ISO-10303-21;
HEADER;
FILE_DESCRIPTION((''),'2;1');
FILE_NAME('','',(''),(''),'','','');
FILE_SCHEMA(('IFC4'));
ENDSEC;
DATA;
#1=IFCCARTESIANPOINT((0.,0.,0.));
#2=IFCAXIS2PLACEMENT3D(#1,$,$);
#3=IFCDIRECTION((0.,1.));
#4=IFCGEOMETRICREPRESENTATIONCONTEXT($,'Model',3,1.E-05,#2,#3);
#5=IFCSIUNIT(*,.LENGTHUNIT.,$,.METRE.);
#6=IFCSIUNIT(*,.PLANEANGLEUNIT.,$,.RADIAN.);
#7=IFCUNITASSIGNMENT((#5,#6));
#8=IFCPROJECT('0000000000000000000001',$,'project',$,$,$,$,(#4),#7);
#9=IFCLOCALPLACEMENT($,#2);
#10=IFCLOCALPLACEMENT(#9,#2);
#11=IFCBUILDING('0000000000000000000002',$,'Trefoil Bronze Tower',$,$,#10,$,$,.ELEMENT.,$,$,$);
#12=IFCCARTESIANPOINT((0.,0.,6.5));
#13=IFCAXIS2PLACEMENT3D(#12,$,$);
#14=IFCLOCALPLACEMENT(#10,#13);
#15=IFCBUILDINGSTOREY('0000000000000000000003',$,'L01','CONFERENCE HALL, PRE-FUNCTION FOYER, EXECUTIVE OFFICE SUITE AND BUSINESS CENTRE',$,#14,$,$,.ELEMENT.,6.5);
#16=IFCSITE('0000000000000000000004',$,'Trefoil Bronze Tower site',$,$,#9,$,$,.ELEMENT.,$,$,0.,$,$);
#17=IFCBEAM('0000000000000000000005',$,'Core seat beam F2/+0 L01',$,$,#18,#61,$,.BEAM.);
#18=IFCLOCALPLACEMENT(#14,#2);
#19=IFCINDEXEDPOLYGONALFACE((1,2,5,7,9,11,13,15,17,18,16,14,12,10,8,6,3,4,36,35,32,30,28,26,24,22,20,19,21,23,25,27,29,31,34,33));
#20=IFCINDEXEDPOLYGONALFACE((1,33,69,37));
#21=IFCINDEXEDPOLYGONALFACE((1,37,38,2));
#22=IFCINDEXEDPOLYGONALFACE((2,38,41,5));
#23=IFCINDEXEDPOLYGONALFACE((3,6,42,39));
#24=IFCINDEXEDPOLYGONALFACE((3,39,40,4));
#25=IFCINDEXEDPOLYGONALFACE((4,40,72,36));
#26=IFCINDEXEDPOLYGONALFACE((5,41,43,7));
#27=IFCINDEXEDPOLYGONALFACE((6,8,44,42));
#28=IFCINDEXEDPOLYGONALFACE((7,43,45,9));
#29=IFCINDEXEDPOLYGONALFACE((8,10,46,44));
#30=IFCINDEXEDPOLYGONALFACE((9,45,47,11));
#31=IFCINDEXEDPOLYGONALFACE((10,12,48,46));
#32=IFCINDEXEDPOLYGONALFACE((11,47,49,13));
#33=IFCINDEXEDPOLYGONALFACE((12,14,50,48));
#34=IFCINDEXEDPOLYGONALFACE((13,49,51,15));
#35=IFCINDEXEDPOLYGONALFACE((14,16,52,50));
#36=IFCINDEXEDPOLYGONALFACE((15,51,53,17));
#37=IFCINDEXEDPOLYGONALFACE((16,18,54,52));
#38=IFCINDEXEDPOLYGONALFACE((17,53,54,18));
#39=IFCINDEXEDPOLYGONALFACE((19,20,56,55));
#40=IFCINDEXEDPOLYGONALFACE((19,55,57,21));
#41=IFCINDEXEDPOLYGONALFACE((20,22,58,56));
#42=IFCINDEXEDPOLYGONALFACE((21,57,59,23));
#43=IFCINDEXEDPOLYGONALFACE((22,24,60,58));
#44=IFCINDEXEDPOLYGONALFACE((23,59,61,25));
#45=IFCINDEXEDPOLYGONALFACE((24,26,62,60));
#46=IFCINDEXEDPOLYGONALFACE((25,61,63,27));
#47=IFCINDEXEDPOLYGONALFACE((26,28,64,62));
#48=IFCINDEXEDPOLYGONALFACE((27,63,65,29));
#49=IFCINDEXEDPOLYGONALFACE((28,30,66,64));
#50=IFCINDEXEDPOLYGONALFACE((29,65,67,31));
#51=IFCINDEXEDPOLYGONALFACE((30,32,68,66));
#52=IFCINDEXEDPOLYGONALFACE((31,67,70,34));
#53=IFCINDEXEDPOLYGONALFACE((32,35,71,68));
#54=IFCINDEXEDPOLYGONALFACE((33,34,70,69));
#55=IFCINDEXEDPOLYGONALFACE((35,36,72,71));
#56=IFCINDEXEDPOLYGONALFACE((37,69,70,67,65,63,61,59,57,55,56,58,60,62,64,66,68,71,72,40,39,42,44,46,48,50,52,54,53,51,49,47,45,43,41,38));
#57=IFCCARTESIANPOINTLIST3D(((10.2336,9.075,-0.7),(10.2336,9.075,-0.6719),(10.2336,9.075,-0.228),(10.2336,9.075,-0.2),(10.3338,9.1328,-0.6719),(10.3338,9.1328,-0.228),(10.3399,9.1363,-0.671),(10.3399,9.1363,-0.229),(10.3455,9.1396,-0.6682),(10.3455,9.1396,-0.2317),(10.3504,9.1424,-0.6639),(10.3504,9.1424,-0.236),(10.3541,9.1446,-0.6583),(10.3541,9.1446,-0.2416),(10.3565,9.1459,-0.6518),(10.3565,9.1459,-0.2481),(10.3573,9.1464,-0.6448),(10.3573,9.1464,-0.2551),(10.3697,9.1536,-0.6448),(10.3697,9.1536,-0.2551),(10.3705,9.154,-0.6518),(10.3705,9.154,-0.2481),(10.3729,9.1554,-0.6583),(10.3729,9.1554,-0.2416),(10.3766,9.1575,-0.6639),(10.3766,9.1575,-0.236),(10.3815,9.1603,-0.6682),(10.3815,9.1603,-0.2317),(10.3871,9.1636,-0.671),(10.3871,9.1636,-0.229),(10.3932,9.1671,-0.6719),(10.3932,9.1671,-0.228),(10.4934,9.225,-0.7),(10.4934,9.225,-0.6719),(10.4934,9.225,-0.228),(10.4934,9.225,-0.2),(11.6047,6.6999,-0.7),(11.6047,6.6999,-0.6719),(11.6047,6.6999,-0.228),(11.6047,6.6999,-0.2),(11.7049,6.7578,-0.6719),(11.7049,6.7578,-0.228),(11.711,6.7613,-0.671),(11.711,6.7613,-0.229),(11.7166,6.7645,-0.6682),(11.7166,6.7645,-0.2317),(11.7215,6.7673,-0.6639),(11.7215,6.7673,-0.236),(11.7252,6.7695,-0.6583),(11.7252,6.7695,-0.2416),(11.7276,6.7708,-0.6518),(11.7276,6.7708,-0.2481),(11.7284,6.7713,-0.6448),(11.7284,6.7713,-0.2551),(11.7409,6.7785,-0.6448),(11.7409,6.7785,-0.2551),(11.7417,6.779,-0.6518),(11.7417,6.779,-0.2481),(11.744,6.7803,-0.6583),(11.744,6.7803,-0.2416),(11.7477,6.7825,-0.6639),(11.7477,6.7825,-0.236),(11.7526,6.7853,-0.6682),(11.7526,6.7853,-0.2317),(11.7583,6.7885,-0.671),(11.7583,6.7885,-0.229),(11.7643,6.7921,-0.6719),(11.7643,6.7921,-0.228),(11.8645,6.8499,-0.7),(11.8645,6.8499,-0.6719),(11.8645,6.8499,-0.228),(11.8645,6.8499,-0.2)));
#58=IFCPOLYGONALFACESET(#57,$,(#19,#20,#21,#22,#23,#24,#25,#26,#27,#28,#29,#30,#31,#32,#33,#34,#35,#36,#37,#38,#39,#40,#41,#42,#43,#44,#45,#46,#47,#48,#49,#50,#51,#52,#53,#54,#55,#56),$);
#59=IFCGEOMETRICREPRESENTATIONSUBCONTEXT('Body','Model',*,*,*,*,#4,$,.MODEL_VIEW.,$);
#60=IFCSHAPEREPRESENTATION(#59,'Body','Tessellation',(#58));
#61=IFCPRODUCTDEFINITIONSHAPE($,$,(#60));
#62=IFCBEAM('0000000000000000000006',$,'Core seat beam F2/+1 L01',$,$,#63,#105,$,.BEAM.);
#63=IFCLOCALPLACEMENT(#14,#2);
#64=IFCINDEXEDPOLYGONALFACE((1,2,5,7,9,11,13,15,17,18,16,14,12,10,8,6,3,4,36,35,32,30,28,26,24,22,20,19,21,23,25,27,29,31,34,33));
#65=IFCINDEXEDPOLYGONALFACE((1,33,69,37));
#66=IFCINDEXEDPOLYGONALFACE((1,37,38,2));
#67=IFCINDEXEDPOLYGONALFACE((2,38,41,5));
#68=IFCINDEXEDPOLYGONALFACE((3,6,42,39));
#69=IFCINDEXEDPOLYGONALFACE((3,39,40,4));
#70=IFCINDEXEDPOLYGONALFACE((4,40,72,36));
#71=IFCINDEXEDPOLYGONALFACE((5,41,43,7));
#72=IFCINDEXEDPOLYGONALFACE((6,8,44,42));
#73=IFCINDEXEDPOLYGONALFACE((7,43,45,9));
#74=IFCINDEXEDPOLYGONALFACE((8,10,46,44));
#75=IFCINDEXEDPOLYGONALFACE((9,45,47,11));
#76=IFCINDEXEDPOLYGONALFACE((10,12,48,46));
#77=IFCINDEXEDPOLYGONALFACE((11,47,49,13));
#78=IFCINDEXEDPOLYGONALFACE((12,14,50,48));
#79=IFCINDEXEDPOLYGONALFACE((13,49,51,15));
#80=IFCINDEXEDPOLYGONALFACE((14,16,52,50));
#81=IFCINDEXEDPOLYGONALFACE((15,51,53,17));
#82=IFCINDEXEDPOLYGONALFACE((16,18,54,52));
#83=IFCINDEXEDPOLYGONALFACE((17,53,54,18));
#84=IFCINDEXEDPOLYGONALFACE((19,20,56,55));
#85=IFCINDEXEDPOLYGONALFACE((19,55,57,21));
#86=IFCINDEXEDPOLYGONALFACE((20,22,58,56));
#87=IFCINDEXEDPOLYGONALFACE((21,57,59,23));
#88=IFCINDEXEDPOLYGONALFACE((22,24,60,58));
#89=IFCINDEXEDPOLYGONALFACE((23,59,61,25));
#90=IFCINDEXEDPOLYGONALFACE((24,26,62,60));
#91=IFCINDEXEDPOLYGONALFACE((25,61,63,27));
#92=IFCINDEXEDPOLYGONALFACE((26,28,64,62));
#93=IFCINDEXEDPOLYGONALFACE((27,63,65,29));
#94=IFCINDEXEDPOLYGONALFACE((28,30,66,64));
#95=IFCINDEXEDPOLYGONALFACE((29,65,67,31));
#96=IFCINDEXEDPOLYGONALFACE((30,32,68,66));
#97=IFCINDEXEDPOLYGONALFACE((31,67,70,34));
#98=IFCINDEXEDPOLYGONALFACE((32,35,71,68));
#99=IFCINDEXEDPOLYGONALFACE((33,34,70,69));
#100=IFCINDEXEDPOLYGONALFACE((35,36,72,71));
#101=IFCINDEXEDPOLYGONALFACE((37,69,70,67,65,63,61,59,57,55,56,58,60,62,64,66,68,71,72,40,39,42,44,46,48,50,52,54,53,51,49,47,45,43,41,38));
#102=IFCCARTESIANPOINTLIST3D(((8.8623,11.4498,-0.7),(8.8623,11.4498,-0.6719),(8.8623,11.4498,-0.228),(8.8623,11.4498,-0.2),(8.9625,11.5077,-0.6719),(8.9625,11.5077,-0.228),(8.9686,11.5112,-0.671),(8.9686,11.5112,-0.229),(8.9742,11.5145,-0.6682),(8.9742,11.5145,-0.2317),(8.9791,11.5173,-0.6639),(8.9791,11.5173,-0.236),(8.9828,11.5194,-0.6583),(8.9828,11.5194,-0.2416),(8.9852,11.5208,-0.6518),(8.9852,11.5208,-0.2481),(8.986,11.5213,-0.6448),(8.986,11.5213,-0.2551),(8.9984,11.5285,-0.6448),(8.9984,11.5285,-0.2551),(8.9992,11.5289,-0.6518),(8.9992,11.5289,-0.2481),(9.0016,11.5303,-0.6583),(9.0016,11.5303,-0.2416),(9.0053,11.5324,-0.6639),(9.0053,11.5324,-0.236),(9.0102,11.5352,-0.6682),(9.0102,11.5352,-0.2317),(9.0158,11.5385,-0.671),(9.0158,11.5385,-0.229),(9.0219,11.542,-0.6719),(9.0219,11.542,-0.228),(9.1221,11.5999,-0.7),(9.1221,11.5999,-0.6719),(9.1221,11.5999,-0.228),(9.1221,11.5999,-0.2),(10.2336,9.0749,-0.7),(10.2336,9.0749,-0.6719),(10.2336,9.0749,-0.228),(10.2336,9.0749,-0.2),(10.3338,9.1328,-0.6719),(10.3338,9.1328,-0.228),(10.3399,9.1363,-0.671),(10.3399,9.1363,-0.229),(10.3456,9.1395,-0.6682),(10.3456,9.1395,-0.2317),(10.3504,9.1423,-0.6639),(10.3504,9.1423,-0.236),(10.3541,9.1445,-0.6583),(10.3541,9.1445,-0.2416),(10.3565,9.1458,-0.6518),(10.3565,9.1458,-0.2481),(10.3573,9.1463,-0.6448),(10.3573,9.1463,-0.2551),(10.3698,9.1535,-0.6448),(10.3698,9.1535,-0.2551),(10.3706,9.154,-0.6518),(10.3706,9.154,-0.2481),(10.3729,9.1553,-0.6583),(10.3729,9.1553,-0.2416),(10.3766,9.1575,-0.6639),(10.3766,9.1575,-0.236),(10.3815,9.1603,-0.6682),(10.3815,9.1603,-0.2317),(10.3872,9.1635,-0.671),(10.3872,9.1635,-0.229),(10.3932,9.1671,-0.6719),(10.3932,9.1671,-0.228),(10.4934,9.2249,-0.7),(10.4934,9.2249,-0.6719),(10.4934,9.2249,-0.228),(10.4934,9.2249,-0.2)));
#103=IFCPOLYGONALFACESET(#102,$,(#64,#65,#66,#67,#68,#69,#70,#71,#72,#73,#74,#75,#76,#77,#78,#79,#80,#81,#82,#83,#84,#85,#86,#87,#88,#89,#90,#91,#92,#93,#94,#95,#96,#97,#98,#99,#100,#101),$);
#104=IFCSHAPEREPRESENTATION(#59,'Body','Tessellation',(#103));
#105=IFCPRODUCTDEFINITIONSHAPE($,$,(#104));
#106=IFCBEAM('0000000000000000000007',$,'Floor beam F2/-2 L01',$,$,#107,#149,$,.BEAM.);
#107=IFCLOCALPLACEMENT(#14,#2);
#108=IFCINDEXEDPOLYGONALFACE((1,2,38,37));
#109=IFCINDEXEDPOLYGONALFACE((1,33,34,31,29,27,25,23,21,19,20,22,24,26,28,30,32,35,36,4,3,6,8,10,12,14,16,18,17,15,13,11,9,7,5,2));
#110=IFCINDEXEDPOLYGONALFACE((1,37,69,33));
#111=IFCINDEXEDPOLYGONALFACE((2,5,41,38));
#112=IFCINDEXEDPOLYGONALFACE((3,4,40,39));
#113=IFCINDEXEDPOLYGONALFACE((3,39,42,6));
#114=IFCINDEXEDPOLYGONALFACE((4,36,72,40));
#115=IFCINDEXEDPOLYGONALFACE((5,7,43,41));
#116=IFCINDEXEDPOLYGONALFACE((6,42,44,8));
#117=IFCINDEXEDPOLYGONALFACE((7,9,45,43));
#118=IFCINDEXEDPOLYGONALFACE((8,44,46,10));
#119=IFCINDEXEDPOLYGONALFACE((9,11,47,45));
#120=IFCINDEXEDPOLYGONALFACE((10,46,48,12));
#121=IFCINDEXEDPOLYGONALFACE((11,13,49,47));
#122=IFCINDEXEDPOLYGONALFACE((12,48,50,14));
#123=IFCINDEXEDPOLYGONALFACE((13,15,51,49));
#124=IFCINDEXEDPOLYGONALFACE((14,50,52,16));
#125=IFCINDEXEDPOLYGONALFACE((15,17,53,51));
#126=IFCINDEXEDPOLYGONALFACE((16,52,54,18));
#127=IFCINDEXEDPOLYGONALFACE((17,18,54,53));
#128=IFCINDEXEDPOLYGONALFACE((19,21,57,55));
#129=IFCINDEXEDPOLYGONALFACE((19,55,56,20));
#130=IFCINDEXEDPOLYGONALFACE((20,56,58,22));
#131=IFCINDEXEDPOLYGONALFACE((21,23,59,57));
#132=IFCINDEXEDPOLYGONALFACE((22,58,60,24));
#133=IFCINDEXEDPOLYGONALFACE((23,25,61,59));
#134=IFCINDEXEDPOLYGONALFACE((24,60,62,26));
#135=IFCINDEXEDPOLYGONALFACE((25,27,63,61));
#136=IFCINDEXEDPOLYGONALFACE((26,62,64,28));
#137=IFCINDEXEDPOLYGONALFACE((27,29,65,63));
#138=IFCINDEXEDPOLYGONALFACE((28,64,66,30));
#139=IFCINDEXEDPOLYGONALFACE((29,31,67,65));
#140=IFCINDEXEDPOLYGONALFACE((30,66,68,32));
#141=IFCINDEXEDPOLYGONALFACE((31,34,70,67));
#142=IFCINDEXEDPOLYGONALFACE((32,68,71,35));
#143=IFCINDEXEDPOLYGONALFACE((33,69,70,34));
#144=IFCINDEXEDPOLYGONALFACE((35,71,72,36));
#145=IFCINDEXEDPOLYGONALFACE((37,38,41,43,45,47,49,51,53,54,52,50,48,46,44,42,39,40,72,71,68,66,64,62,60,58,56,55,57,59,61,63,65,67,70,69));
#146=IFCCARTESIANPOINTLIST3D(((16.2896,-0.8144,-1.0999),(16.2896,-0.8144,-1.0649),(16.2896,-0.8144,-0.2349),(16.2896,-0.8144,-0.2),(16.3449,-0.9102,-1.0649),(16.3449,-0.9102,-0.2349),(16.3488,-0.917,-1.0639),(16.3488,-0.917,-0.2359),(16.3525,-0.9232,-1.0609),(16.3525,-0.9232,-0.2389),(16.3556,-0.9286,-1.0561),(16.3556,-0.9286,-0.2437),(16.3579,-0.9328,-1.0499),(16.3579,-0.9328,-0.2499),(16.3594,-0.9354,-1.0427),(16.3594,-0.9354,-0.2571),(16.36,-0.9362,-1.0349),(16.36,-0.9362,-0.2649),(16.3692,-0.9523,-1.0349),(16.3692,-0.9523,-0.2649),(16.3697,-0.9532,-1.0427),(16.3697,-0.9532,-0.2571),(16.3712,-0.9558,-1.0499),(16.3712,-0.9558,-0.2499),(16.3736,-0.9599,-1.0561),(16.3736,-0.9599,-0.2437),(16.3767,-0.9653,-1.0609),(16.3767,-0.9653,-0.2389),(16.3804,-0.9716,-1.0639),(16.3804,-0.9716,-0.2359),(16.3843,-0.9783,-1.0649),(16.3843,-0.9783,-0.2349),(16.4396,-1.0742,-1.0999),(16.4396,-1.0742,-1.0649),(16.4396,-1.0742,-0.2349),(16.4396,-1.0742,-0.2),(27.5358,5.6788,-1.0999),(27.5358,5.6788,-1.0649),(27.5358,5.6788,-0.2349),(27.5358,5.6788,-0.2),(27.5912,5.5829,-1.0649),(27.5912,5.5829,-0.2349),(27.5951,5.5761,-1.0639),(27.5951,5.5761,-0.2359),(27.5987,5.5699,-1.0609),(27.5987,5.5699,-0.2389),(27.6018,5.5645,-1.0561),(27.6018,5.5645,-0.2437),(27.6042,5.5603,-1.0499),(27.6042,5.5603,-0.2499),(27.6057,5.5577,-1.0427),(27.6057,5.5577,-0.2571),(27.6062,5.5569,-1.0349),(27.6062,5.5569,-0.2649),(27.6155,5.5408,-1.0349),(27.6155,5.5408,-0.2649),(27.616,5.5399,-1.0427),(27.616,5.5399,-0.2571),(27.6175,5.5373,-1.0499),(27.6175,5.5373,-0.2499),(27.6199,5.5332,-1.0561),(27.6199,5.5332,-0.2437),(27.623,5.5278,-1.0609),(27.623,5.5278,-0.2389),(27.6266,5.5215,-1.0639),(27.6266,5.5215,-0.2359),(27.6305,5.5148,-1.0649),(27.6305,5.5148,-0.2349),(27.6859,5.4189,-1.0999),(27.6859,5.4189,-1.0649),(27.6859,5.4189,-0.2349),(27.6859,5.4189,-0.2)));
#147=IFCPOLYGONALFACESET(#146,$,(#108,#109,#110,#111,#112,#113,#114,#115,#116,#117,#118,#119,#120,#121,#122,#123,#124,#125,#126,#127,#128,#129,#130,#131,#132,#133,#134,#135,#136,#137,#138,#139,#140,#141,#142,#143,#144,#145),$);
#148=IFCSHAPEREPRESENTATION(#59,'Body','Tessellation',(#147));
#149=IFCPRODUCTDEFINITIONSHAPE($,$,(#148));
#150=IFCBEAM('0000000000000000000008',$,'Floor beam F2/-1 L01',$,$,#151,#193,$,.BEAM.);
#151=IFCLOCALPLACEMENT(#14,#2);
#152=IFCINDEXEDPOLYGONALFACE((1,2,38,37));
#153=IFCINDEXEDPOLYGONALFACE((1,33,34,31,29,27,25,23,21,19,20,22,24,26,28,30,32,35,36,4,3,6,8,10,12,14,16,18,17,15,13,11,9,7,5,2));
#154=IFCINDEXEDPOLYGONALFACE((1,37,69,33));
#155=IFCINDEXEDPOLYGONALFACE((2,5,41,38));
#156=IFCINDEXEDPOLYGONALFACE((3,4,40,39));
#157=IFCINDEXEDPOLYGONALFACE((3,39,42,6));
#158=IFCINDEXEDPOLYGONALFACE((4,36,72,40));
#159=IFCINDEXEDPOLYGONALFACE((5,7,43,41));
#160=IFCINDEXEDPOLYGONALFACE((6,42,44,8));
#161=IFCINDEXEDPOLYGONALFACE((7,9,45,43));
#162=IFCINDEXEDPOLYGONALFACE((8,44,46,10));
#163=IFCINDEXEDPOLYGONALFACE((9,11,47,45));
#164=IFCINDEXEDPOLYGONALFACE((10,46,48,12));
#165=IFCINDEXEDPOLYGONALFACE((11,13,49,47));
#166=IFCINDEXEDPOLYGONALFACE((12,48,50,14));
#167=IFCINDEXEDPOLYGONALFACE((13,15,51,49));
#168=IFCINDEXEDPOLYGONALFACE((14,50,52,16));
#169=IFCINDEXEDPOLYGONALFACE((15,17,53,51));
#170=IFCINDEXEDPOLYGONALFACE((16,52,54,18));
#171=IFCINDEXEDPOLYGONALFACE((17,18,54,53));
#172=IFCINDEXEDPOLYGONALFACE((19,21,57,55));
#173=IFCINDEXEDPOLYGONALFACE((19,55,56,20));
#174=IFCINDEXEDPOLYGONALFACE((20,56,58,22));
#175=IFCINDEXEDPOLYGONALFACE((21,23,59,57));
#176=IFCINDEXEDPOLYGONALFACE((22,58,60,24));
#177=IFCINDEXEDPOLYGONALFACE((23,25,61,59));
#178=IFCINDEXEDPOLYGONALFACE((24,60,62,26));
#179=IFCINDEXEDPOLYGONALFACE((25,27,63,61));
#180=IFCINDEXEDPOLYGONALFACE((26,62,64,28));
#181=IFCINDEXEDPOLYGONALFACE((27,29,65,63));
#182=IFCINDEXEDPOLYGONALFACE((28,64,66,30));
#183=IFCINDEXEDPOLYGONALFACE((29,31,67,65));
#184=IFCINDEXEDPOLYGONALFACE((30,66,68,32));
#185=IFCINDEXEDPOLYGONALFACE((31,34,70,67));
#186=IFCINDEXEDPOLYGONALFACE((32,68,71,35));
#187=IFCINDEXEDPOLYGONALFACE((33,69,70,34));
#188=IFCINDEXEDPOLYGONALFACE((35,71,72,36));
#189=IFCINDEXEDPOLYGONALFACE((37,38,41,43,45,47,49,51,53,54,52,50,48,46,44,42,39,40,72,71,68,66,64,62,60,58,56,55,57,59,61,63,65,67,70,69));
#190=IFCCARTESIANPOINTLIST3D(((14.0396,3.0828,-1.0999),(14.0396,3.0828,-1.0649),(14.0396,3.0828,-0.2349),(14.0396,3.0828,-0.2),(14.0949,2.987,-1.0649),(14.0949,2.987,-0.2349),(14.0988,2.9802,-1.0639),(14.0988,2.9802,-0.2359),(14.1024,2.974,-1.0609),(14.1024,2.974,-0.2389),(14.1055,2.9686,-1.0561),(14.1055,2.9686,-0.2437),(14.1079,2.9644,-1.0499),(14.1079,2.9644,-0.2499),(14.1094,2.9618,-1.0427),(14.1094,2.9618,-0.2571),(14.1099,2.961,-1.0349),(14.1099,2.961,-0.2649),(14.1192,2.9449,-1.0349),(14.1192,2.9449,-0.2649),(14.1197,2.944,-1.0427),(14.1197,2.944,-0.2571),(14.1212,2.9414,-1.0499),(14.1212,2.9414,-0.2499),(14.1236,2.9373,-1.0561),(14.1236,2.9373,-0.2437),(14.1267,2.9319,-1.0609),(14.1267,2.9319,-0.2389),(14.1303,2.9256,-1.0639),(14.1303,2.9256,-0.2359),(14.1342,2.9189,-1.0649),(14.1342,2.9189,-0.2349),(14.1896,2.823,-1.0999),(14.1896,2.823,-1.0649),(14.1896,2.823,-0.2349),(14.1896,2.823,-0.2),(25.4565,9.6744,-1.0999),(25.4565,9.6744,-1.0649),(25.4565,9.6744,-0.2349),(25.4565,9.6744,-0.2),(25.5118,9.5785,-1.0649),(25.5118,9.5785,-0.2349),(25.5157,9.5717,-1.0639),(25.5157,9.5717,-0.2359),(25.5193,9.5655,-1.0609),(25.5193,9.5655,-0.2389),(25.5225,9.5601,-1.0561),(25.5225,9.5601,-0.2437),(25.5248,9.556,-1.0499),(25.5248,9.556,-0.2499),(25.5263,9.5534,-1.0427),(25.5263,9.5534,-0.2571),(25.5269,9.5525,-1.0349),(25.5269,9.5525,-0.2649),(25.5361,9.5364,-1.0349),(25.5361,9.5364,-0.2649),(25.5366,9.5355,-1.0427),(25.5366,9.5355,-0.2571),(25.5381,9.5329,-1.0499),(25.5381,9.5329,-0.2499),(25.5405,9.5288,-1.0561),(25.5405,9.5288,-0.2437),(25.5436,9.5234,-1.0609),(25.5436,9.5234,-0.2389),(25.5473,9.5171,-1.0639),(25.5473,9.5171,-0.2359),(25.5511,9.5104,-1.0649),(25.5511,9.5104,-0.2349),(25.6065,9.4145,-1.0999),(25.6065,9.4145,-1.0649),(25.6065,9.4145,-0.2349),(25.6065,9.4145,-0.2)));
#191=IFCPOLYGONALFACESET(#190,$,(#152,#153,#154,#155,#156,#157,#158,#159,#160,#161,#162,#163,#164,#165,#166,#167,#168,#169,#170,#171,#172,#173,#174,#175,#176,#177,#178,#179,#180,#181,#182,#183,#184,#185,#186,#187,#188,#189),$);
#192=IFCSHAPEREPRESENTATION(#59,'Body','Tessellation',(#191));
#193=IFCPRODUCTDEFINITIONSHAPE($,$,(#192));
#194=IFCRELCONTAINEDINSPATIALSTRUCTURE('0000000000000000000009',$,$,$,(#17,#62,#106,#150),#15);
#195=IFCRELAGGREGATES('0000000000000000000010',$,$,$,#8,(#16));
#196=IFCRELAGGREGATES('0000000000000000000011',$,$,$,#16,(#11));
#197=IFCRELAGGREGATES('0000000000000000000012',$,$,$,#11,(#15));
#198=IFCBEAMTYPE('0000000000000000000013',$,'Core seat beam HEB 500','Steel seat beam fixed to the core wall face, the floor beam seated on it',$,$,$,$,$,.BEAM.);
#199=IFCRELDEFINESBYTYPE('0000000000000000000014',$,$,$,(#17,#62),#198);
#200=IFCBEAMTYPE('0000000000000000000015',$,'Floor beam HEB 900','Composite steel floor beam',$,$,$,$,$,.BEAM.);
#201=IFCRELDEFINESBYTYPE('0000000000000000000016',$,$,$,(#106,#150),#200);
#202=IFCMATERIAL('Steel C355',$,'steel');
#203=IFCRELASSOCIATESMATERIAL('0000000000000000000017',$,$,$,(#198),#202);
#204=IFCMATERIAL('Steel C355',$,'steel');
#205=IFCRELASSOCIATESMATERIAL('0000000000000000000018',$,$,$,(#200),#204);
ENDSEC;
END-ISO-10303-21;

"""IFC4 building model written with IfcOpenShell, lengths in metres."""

from ifc_helpers import new_model, si_unit, direction, frame, origin, origin_2d, place, context, subcontext, project, spatial, i_section, extrude, material, material_profile, profile_set, type_object, element, save


model = new_model("IFC4")

# Units and contexts
model_context = context("Model", 3, precision=1e-05, world=origin(), true_north=direction((0.0, 1.0)))
body_context = subcontext(model_context, "Body", "Model", "MODEL_VIEW")
ifc_project = project(units=[si_unit("LENGTHUNIT", "METRE"), si_unit("PLANEANGLEUNIT", "RADIAN")], contexts=[model_context])

# Site, building, storey
site_placement = place(None, origin())
site = spatial("IfcSite", under=ifc_project, at=site_placement, Name="Trefoil Bronze Tower site", CompositionType="ELEMENT", RefElevation=0.0)
building_placement = place(site_placement, origin())
building = spatial("IfcBuilding", under=site, at=building_placement, Name="Trefoil Bronze Tower", CompositionType="ELEMENT")
storey_placement = place(building_placement, frame((0.0, 0.0, 6.5)))
storey = spatial("IfcBuildingStorey", under=building, at=storey_placement, Name="L01", Description="CONFERENCE HALL, PRE-FUNCTION FOYER, EXECUTIVE OFFICE SUITE AND BUSINESS CENTRE", CompositionType="ELEMENT", Elevation=6.5)

# Beams
ifc_material_1 = material(Name="Steel C355", Category="steel")
ifc_material_profile_1 = material_profile(ifc_material_1, i_section(OverallWidth=0.3, OverallDepth=0.5, WebThickness=0.0144, FlangeThickness=0.0281, FilletRadius=0.0271, at=origin_2d()), Name="HEB 500")
ifc_profile_set_1 = profile_set([ifc_material_profile_1], Name="Steel C355")
beam_type_1 = type_object("IfcBeamType", Name="Core seat beam HEB 500", Description="Steel seat beam fixed to the core wall face, the floor beam seated on it", PredefinedType="BEAM", material=ifc_profile_set_1)
for number, where, z_axis, x_axis, name in (
    (1, (11.7346, 6.7749, -0.45), (-0.499969, 0.866043, 0.0), (-0.866043, -0.499969, 0.0), "Core seat beam F2/+0 L01"),
    (2, (10.3635, 9.1499, -0.45), (-0.500036, 0.866005, 0.0), (-0.866005, -0.500036, 0.0), "Core seat beam F2/+1 L01"),
):
    element("IfcBeam", number, at=place(storey_placement, frame(where, z_axis=z_axis, x_axis=x_axis)), inside=storey, type_object=beam_type_1, Name=name, PredefinedType="BEAM", context=body_context, shape_type="SweptSolid", body=[
        extrude(i_section(OverallWidth=0.3, OverallDepth=0.5, WebThickness=0.0144, FlangeThickness=0.0281, FilletRadius=0.0271, at=origin_2d()), origin(), (0.0, 0.0, 1.0), 2.7424),
    ])
ifc_material_2 = material(Name="Steel C355", Category="steel")
ifc_material_profile_2 = material_profile(ifc_material_2, i_section(OverallWidth=0.3, OverallDepth=0.8999, WebThickness=0.0186, FlangeThickness=0.0349, FilletRadius=0.03, at=origin_2d()), Name="HEB 900")
ifc_profile_set_2 = profile_set([ifc_material_profile_2], Name="Steel C355")
beam_type_2 = type_object("IfcBeamType", Name="Floor beam HEB 900", Description="Composite steel floor beam", PredefinedType="BEAM", material=ifc_profile_set_2)
beam_1_placement = place(storey_placement, frame((27.6108, 5.5488, -0.6499), z_axis=(-0.866022, -0.500005, 0.0), x_axis=(0.500005, -0.866022, 0.0)))
element("IfcBeam", 3, at=beam_1_placement, inside=storey, type_object=beam_type_2, Name="Floor beam F2/-2 L01", PredefinedType="BEAM", context=body_context, shape_type="SweptSolid", body=[
    extrude(i_section(OverallWidth=0.3, OverallDepth=0.8999, WebThickness=0.0186, FlangeThickness=0.0349, FilletRadius=0.03, at=origin_2d()), origin(), (0.0, 0.0, 1.0), 12.9861),
])
beam_2_placement = place(storey_placement, frame((25.5315, 9.5444, -0.6499), z_axis=(-0.866027, -0.499997, 0.0), x_axis=(0.499997, -0.866027, 0.0)))
element("IfcBeam", 4, at=beam_2_placement, inside=storey, type_object=beam_type_2, Name="Floor beam F2/-1 L01", PredefinedType="BEAM", context=body_context, shape_type="SweptSolid", body=[
    extrude(i_section(OverallWidth=0.3, OverallDepth=0.8999, WebThickness=0.0186, FlangeThickness=0.0349, FilletRadius=0.03, at=origin_2d()), origin(), (0.0, 0.0, 1.0), 13.1831),
])

save(model, "model.ifc")
